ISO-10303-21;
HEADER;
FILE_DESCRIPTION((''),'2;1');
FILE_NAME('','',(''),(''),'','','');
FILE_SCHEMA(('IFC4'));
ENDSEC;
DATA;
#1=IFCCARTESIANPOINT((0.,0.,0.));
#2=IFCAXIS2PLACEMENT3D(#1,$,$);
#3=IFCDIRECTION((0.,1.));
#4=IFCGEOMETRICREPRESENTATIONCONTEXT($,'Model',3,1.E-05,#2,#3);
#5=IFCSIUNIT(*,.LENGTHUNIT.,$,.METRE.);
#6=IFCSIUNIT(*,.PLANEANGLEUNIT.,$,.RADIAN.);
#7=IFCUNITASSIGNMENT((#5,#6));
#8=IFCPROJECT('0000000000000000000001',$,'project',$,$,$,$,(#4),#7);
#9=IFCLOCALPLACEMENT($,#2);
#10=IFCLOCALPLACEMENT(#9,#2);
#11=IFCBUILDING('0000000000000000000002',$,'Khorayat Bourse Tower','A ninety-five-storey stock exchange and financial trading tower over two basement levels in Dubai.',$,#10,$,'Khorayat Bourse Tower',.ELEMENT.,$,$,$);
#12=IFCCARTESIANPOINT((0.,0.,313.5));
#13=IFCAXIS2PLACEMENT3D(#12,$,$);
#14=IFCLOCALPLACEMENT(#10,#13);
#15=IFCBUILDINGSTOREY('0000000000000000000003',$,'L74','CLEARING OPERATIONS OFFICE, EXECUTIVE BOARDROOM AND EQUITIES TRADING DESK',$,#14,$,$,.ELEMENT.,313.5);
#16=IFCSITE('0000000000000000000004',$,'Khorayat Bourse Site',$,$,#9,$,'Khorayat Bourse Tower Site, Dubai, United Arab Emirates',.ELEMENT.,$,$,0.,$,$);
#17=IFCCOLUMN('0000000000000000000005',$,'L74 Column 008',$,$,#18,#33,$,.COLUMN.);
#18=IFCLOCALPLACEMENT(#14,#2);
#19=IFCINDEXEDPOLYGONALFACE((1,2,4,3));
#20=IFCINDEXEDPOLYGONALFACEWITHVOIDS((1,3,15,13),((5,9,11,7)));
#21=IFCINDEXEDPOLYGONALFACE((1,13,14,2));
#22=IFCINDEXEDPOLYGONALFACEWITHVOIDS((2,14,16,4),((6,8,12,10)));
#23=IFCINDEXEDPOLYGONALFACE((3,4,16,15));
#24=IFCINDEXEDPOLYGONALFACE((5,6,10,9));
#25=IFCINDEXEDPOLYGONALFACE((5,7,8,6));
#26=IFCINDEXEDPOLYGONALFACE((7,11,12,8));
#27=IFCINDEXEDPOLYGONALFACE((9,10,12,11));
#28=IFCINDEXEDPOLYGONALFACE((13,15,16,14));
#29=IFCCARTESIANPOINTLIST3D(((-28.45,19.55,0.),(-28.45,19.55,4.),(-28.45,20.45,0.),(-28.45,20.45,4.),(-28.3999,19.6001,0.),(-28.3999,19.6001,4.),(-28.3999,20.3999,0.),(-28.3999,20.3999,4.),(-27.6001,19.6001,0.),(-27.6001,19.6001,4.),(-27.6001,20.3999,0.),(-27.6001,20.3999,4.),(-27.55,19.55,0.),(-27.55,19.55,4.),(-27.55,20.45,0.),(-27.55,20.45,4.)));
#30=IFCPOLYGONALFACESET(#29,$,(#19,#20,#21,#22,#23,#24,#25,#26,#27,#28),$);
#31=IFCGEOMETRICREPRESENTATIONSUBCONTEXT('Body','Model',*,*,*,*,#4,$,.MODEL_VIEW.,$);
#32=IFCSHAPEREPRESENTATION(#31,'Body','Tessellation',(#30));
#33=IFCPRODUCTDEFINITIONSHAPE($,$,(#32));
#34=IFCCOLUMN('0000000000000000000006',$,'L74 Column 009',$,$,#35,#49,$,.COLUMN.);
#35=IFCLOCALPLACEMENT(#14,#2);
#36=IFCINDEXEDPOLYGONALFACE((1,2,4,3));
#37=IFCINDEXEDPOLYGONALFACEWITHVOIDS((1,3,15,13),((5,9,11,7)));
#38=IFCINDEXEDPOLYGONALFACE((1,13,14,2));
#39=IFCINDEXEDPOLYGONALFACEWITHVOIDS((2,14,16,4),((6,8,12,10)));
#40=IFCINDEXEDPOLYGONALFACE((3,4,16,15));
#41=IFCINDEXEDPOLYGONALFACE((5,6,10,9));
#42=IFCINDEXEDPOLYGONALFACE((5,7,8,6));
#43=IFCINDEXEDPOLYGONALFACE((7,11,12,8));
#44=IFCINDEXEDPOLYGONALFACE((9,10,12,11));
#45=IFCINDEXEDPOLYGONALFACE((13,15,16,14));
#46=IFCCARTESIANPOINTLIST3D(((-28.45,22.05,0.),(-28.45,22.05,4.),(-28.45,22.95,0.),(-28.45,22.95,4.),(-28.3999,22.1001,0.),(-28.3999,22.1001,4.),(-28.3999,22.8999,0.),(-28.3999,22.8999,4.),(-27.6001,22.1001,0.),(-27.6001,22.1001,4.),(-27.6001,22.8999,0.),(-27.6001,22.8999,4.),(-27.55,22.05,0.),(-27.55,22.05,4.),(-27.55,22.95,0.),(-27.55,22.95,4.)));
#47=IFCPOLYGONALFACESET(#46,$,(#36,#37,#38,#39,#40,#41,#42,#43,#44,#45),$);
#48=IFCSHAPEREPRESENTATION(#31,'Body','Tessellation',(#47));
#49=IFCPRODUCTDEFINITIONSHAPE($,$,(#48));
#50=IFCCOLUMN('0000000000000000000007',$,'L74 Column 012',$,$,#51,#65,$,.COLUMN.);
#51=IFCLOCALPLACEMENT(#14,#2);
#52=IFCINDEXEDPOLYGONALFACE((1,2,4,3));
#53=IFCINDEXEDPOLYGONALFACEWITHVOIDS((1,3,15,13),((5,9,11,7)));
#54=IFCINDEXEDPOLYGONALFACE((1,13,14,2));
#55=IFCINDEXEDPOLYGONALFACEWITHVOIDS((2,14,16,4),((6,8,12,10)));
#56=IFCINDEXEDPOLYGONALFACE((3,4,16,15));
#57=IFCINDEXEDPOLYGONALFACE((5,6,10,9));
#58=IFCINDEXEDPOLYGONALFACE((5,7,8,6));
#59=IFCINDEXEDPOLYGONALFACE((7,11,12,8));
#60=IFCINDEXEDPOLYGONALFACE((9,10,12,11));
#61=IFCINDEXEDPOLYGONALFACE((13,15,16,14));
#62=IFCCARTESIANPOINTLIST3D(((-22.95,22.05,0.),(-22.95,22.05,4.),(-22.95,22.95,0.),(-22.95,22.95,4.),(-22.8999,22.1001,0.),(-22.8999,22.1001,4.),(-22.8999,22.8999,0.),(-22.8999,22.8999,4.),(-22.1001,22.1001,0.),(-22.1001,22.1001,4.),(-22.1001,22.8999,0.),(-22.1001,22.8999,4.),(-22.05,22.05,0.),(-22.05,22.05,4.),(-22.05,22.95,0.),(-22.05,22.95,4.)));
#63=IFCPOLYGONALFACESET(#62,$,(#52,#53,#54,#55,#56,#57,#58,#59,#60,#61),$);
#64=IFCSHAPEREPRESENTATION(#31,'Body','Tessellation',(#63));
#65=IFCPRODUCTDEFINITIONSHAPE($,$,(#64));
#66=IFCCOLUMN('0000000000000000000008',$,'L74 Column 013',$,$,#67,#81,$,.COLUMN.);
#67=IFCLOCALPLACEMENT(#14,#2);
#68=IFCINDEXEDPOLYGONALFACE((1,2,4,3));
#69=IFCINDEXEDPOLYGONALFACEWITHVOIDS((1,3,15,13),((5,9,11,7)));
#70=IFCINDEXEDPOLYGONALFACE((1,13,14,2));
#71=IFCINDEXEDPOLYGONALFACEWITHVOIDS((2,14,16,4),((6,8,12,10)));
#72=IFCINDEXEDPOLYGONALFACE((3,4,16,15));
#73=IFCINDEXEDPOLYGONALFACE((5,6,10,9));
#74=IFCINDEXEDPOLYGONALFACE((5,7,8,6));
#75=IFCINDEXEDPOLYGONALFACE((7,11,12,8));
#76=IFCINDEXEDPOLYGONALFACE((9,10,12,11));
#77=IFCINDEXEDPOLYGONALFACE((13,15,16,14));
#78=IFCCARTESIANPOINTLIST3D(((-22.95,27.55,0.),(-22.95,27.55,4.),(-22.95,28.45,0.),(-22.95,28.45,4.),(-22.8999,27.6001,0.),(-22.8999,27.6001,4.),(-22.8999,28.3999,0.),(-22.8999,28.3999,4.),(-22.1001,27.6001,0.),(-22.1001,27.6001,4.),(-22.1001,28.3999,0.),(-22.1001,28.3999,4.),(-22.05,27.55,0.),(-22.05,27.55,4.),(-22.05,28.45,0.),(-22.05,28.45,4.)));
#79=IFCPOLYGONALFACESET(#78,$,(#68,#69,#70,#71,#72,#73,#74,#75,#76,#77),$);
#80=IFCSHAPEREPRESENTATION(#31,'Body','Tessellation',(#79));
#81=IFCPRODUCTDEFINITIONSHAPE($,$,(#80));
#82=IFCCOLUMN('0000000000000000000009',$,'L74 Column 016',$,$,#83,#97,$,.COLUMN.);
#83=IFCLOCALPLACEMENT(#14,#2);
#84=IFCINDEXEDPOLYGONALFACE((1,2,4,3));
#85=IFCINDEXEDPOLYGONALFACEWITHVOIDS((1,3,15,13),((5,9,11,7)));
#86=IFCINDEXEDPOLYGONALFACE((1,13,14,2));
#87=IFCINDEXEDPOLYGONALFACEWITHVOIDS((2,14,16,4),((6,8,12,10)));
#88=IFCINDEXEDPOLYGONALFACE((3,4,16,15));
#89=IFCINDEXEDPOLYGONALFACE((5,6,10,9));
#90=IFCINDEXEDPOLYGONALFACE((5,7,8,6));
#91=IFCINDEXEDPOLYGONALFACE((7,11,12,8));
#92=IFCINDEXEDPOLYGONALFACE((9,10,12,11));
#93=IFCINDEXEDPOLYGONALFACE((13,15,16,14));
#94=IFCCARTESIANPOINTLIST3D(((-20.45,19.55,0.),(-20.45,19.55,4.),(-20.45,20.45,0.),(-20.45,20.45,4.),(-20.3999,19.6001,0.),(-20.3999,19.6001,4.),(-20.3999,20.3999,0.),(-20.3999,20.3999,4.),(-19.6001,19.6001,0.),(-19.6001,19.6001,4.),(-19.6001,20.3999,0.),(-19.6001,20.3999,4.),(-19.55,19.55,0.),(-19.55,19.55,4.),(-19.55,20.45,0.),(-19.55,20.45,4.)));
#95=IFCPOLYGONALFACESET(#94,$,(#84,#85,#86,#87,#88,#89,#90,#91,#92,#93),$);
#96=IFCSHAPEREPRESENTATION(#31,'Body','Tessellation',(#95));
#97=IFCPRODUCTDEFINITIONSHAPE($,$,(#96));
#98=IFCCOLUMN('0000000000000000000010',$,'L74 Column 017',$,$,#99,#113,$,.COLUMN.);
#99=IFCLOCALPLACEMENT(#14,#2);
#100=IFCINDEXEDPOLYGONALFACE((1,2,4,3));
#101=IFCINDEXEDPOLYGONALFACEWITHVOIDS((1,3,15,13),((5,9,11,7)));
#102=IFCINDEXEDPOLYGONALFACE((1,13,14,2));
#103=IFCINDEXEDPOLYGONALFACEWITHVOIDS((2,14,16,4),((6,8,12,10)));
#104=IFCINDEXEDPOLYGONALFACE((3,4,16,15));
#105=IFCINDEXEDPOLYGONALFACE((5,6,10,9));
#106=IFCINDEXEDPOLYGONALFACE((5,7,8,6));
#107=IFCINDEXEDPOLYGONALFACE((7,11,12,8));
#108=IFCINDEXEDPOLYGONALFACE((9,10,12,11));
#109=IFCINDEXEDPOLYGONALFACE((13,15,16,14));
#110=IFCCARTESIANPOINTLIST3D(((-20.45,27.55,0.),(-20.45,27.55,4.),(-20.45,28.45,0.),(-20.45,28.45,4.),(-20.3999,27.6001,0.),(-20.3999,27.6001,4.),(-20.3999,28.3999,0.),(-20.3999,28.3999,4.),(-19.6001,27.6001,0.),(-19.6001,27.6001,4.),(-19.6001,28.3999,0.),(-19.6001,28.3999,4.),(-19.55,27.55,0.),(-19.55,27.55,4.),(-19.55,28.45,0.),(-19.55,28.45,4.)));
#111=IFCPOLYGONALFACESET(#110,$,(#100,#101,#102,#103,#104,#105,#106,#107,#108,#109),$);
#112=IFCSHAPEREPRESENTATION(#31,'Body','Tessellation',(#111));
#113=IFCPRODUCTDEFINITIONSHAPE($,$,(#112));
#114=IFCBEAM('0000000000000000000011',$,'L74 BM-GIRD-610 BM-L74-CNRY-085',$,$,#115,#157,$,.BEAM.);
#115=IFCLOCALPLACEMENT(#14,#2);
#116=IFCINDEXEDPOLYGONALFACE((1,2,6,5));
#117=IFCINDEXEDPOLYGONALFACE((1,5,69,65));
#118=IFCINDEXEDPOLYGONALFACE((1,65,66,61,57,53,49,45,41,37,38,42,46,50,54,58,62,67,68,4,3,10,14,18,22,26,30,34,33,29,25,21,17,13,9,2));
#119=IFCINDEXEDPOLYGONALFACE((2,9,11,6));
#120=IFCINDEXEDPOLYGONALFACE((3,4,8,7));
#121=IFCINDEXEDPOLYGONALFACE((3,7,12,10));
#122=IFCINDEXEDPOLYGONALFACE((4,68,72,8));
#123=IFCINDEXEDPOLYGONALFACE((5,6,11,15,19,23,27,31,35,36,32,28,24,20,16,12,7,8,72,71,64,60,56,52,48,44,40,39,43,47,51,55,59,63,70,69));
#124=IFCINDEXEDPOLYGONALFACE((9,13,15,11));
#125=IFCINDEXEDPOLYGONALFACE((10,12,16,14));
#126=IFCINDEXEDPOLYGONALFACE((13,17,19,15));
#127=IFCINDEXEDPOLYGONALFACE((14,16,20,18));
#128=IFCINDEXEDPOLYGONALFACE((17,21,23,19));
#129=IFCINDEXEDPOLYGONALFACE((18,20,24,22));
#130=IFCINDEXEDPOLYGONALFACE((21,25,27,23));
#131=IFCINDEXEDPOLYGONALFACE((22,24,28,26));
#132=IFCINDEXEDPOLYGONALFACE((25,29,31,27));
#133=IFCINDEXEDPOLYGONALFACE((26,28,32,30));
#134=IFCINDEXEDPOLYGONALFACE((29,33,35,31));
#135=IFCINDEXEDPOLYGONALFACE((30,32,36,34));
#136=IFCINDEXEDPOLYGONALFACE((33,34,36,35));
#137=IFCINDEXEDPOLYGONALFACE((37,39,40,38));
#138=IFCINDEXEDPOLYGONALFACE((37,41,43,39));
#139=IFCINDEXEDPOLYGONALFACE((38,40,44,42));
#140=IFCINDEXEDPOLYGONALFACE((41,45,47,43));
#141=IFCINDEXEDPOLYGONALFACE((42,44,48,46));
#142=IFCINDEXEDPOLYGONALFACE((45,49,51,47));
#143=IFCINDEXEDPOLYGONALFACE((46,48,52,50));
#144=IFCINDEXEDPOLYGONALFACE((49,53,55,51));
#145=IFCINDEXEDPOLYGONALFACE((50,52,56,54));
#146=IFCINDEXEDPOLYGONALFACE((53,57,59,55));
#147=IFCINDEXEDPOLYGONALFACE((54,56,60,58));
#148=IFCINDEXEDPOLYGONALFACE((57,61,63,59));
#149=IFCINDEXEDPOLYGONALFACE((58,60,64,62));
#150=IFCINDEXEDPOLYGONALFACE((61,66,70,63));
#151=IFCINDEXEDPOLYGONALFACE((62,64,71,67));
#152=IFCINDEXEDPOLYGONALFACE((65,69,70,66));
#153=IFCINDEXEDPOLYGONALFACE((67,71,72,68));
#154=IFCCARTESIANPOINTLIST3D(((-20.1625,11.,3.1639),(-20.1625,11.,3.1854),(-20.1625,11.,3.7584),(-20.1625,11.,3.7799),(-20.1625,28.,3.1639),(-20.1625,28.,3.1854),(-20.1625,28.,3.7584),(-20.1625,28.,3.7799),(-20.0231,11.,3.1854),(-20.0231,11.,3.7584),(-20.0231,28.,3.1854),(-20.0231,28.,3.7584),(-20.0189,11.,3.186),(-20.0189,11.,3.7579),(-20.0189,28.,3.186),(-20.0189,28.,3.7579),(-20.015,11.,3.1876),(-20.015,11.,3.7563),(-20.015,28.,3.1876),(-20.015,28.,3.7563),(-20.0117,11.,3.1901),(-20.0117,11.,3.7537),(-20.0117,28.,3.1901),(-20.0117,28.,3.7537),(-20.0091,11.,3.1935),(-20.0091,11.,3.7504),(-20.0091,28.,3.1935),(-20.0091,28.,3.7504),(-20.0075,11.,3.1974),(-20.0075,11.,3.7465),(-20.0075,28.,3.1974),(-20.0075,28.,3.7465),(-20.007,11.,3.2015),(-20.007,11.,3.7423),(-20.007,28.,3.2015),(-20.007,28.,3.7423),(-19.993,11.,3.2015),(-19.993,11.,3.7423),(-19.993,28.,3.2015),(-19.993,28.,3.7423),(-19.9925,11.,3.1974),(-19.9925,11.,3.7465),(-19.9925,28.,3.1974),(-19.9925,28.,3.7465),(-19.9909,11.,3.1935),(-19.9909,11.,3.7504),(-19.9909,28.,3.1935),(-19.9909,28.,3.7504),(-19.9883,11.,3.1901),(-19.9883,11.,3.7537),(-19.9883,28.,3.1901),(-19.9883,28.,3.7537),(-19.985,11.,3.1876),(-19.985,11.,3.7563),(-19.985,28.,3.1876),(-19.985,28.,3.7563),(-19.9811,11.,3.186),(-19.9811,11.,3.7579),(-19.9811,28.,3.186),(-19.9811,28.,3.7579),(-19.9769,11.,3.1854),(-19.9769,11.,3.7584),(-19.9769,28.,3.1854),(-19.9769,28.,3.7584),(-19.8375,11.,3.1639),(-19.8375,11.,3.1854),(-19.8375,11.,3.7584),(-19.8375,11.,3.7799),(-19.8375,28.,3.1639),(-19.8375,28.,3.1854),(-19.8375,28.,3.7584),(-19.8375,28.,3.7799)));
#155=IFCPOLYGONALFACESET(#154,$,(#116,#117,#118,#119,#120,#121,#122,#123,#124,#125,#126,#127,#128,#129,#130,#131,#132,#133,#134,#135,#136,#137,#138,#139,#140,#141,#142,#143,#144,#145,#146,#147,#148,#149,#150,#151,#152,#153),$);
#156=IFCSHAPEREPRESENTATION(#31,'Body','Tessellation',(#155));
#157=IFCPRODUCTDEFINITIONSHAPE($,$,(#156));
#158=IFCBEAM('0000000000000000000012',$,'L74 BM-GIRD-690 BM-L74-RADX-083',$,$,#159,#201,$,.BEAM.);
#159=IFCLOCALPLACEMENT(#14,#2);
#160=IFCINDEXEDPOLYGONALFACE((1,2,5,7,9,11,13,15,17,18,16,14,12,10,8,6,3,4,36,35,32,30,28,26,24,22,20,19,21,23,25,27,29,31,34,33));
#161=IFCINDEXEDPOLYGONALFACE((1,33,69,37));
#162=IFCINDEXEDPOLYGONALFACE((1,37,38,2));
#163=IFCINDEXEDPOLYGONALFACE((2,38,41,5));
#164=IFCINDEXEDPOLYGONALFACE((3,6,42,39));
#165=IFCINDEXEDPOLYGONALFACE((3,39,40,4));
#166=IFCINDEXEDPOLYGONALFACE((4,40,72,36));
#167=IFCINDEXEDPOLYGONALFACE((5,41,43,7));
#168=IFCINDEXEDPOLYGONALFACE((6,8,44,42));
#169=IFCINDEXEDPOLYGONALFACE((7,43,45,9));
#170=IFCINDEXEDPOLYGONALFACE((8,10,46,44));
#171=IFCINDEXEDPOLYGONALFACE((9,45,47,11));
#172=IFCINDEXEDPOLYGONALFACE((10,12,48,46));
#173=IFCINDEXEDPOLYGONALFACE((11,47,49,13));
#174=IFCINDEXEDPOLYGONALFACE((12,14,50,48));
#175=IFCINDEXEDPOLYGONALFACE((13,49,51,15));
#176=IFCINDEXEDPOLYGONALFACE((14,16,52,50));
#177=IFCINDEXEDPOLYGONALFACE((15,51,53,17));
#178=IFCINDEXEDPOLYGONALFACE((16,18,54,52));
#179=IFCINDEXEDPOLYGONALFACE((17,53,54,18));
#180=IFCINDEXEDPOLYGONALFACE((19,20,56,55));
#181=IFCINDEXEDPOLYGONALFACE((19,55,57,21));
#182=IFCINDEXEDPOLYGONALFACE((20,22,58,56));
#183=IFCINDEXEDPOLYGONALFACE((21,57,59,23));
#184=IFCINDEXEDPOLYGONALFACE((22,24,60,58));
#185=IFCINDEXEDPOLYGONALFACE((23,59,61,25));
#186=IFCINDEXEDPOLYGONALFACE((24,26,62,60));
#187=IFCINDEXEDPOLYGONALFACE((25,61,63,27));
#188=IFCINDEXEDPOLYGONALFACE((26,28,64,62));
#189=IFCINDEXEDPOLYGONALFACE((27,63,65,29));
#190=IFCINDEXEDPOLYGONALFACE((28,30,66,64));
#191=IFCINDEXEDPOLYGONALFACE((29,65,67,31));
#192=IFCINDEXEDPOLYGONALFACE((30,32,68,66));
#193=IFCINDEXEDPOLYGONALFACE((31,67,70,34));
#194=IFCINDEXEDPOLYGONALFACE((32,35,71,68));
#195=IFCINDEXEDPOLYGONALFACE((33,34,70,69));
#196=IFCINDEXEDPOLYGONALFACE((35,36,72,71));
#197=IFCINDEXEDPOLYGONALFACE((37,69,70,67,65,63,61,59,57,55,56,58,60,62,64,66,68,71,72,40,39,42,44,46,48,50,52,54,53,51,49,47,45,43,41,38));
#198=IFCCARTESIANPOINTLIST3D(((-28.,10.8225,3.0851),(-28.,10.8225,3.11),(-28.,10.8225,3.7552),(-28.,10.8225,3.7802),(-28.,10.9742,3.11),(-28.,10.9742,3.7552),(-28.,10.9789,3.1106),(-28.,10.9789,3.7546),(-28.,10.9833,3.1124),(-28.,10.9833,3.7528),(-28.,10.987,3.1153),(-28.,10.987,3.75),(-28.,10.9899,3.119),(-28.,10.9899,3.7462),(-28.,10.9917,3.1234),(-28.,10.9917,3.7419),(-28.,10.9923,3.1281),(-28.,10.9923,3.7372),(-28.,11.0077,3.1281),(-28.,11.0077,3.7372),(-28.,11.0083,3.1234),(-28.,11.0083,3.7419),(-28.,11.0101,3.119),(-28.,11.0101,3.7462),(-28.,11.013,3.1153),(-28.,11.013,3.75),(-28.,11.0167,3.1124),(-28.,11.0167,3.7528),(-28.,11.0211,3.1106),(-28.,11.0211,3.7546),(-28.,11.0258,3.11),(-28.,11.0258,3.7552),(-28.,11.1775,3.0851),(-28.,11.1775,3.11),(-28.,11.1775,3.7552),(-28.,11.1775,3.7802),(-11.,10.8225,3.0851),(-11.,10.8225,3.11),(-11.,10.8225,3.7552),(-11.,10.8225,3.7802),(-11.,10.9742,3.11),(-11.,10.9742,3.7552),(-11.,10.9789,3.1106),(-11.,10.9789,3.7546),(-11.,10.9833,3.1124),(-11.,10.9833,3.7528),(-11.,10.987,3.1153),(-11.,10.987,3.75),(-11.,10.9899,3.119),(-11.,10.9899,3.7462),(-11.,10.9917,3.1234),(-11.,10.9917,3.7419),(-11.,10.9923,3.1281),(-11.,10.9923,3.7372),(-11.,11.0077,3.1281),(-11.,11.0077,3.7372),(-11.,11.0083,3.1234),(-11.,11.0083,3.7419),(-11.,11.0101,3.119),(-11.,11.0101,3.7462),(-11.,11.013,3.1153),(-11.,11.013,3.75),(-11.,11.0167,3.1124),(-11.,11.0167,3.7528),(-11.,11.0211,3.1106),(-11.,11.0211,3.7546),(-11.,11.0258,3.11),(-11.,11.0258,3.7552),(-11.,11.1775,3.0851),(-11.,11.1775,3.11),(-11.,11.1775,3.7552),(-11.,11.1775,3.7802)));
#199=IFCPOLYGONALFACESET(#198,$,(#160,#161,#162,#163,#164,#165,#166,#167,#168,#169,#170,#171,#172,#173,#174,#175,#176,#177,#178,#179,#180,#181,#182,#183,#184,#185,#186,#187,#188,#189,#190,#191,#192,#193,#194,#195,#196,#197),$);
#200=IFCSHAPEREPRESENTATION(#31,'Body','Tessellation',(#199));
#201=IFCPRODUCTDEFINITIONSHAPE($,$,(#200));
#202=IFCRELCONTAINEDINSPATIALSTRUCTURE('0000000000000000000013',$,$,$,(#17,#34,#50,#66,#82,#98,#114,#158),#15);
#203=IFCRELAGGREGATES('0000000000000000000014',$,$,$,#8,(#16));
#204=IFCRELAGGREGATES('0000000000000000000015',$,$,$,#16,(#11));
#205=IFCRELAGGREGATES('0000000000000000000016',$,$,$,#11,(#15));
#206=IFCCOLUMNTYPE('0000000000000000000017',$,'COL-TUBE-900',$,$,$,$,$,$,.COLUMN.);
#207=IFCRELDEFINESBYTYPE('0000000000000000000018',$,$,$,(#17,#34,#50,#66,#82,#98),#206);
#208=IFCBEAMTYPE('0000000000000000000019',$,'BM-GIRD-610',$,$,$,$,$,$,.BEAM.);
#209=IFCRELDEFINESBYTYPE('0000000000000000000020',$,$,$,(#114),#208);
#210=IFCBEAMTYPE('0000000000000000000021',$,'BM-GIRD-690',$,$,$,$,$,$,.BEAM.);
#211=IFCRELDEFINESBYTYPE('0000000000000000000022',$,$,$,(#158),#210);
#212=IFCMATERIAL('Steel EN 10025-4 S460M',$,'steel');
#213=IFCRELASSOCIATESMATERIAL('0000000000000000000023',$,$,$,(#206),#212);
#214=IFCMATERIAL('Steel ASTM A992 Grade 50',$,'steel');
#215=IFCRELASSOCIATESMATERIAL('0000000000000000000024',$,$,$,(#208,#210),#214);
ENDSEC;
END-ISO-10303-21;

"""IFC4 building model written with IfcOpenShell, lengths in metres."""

from ifc_helpers import new_model, si_unit, direction, frame, origin, origin_2d, place, context, subcontext, project, spatial, hollow_rectangle, i_section, extrude, source, transform, mapped, material, material_profile, profile_set, type_object, element, save


model = new_model("IFC4")

# Units and contexts
model_context = context("Model", 3, precision=1e-05, world=origin(), true_north=direction((0.0, 1.0)))
body_context = subcontext(model_context, "Body", "Model", "MODEL_VIEW")
ifc_project = project(units=[si_unit("LENGTHUNIT", "METRE"), si_unit("PLANEANGLEUNIT", "RADIAN")], contexts=[model_context])

# Site, building, storey
site_placement = place(None, origin())
site = spatial("IfcSite", under=ifc_project, at=site_placement, Name="Khorayat Bourse Site", LongName="Khorayat Bourse Tower Site, Dubai, United Arab Emirates", CompositionType="ELEMENT", RefElevation=0.0)
building_placement = place(site_placement, origin())
building = spatial("IfcBuilding", under=site, at=building_placement, Name="Khorayat Bourse Tower", Description="A ninety-five-storey stock exchange and financial trading tower over two basement levels in Dubai.", LongName="Khorayat Bourse Tower", CompositionType="ELEMENT")
storey_placement = place(building_placement, frame((0.0, 0.0, 313.5)))
storey = spatial("IfcBuildingStorey", under=building, at=storey_placement, Name="L74", Description="CLEARING OPERATIONS OFFICE, EXECUTIVE BOARDROOM AND EQUITIES TRADING DESK", CompositionType="ELEMENT", Elevation=313.5)

# Columns
ifc_material_1 = material(Name="Steel EN 10025-4 S460M", Category="steel")
ifc_material_profile_1 = material_profile(ifc_material_1, hollow_rectangle(XDim=0.8999, YDim=0.8999, WallThickness=0.05, at=origin_2d()), Name="BOX 900x900x50")
ifc_profile_set_1 = profile_set([ifc_material_profile_1], Name="Steel EN 10025-4 S460M")
column_type = type_object("IfcColumnType", Name="COL-TUBE-900", PredefinedType="COLUMN", material=ifc_profile_set_1)
shared_shape_1 = source(origin(), body_context, "Body", "SweptSolid", [
    extrude(hollow_rectangle(XDim=0.8999, YDim=0.8999, WallThickness=0.05, at=origin_2d()), origin(), (0.0, 0.0, 1.0), 4.0),
])
for number, where, z_axis, x_axis, name in (
    (1, (-28.0, 20.0, 0.0), (0.0, 0.0, 1.0), (1.0, 0.0, 0.0), "L74 Column 008"),
    (2, (-28.0, 22.5, 0.0), (0.0, 0.0, 1.0), (1.0, 0.0, 0.0), "L74 Column 009"),
    (3, (-22.5, 22.5, 0.0), (0.0, 0.0, 1.0), (1.0, 0.0, 0.0), "L74 Column 012"),
    (4, (-22.5, 28.0, 0.0), (0.0, 0.0, 1.0), (1.0, 0.0, 0.0), "L74 Column 013"),
    (5, (-20.0, 20.0, 0.0), (0.0, 0.0, 1.0), (1.0, 0.0, 0.0), "L74 Column 016"),
    (6, (-20.0, 28.0, 0.0), (0.0, 0.0, 1.0), (1.0, 0.0, 0.0), "L74 Column 017"),
):
    element("IfcColumn", number, at=place(storey_placement, frame(where, z_axis=z_axis, x_axis=x_axis)), inside=storey, type_object=column_type, Name=name, PredefinedType="COLUMN", context=body_context, shape_type="MappedRepresentation", body=[
        mapped(shared_shape_1, transform((0.0, 0.0, 0.0), scale=1.0)),
    ])

# Beams
ifc_material_2 = material(Name="Steel ASTM A992 Grade 50", Category="steel")
ifc_material_profile_2 = material_profile(ifc_material_2, i_section(OverallWidth=0.325, OverallDepth=0.616, WebThickness=0.0139, FlangeThickness=0.0215, FilletRadius=0.0161, at=origin_2d()), Name="W610X174")
ifc_profile_set_2 = profile_set([ifc_material_profile_2], Name="Steel ASTM A992 Grade 50")
beam_type_1 = type_object("IfcBeamType", Name="BM-GIRD-610", PredefinedType="BEAM", material=ifc_profile_set_2)
shared_shape_2 = source(origin(), body_context, "Body", "SweptSolid", [
    extrude(i_section(OverallWidth=0.325, OverallDepth=0.616, WebThickness=0.0139, FlangeThickness=0.0215, FilletRadius=0.0161, at=origin_2d()), origin(), (0.0, 0.0, 1.0), 17.0),
])
beam_1_placement = place(storey_placement, frame((-20.0, 11.0, 3.4719), z_axis=(0.0, 1.0, 0.0), x_axis=(-1.0, 0.0, 0.0)))
element("IfcBeam", 7, at=beam_1_placement, inside=storey, type_object=beam_type_1, Name="L74 BM-GIRD-610 BM-L74-CNRY-085", PredefinedType="BEAM", context=body_context, shape_type="MappedRepresentation", body=[
    mapped(shared_shape_2, transform((0.0, 0.0, 0.0), scale=1.0)),
])
ifc_material_profile_3 = material_profile(ifc_material_2, i_section(OverallWidth=0.355, OverallDepth=0.6951, WebThickness=0.0154, FlangeThickness=0.0249, FilletRadius=0.0181, at=origin_2d()), Name="W690X217")
ifc_profile_set_3 = profile_set([ifc_material_profile_3], Name="Steel ASTM A992 Grade 50")
beam_type_2 = type_object("IfcBeamType", Name="BM-GIRD-690", PredefinedType="BEAM", material=ifc_profile_set_3)
shared_shape_3 = source(origin(), body_context, "Body", "SweptSolid", [
    extrude(i_section(OverallWidth=0.355, OverallDepth=0.6951, WebThickness=0.0154, FlangeThickness=0.0249, FilletRadius=0.0181, at=origin_2d()), origin(), (0.0, 0.0, 1.0), 17.0),
])
beam_2_placement = place(storey_placement, frame((-28.0, 11.0, 3.4326), z_axis=(1.0, 0.0, 0.0), x_axis=(0.0, 1.0, 0.0)))
element("IfcBeam", 8, at=beam_2_placement, inside=storey, type_object=beam_type_2, Name="L74 BM-GIRD-690 BM-L74-RADX-083", PredefinedType="BEAM", context=body_context, shape_type="MappedRepresentation", body=[
    mapped(shared_shape_3, transform((0.0, 0.0, 0.0), scale=1.0)),
])

save(model, "model.ifc")
